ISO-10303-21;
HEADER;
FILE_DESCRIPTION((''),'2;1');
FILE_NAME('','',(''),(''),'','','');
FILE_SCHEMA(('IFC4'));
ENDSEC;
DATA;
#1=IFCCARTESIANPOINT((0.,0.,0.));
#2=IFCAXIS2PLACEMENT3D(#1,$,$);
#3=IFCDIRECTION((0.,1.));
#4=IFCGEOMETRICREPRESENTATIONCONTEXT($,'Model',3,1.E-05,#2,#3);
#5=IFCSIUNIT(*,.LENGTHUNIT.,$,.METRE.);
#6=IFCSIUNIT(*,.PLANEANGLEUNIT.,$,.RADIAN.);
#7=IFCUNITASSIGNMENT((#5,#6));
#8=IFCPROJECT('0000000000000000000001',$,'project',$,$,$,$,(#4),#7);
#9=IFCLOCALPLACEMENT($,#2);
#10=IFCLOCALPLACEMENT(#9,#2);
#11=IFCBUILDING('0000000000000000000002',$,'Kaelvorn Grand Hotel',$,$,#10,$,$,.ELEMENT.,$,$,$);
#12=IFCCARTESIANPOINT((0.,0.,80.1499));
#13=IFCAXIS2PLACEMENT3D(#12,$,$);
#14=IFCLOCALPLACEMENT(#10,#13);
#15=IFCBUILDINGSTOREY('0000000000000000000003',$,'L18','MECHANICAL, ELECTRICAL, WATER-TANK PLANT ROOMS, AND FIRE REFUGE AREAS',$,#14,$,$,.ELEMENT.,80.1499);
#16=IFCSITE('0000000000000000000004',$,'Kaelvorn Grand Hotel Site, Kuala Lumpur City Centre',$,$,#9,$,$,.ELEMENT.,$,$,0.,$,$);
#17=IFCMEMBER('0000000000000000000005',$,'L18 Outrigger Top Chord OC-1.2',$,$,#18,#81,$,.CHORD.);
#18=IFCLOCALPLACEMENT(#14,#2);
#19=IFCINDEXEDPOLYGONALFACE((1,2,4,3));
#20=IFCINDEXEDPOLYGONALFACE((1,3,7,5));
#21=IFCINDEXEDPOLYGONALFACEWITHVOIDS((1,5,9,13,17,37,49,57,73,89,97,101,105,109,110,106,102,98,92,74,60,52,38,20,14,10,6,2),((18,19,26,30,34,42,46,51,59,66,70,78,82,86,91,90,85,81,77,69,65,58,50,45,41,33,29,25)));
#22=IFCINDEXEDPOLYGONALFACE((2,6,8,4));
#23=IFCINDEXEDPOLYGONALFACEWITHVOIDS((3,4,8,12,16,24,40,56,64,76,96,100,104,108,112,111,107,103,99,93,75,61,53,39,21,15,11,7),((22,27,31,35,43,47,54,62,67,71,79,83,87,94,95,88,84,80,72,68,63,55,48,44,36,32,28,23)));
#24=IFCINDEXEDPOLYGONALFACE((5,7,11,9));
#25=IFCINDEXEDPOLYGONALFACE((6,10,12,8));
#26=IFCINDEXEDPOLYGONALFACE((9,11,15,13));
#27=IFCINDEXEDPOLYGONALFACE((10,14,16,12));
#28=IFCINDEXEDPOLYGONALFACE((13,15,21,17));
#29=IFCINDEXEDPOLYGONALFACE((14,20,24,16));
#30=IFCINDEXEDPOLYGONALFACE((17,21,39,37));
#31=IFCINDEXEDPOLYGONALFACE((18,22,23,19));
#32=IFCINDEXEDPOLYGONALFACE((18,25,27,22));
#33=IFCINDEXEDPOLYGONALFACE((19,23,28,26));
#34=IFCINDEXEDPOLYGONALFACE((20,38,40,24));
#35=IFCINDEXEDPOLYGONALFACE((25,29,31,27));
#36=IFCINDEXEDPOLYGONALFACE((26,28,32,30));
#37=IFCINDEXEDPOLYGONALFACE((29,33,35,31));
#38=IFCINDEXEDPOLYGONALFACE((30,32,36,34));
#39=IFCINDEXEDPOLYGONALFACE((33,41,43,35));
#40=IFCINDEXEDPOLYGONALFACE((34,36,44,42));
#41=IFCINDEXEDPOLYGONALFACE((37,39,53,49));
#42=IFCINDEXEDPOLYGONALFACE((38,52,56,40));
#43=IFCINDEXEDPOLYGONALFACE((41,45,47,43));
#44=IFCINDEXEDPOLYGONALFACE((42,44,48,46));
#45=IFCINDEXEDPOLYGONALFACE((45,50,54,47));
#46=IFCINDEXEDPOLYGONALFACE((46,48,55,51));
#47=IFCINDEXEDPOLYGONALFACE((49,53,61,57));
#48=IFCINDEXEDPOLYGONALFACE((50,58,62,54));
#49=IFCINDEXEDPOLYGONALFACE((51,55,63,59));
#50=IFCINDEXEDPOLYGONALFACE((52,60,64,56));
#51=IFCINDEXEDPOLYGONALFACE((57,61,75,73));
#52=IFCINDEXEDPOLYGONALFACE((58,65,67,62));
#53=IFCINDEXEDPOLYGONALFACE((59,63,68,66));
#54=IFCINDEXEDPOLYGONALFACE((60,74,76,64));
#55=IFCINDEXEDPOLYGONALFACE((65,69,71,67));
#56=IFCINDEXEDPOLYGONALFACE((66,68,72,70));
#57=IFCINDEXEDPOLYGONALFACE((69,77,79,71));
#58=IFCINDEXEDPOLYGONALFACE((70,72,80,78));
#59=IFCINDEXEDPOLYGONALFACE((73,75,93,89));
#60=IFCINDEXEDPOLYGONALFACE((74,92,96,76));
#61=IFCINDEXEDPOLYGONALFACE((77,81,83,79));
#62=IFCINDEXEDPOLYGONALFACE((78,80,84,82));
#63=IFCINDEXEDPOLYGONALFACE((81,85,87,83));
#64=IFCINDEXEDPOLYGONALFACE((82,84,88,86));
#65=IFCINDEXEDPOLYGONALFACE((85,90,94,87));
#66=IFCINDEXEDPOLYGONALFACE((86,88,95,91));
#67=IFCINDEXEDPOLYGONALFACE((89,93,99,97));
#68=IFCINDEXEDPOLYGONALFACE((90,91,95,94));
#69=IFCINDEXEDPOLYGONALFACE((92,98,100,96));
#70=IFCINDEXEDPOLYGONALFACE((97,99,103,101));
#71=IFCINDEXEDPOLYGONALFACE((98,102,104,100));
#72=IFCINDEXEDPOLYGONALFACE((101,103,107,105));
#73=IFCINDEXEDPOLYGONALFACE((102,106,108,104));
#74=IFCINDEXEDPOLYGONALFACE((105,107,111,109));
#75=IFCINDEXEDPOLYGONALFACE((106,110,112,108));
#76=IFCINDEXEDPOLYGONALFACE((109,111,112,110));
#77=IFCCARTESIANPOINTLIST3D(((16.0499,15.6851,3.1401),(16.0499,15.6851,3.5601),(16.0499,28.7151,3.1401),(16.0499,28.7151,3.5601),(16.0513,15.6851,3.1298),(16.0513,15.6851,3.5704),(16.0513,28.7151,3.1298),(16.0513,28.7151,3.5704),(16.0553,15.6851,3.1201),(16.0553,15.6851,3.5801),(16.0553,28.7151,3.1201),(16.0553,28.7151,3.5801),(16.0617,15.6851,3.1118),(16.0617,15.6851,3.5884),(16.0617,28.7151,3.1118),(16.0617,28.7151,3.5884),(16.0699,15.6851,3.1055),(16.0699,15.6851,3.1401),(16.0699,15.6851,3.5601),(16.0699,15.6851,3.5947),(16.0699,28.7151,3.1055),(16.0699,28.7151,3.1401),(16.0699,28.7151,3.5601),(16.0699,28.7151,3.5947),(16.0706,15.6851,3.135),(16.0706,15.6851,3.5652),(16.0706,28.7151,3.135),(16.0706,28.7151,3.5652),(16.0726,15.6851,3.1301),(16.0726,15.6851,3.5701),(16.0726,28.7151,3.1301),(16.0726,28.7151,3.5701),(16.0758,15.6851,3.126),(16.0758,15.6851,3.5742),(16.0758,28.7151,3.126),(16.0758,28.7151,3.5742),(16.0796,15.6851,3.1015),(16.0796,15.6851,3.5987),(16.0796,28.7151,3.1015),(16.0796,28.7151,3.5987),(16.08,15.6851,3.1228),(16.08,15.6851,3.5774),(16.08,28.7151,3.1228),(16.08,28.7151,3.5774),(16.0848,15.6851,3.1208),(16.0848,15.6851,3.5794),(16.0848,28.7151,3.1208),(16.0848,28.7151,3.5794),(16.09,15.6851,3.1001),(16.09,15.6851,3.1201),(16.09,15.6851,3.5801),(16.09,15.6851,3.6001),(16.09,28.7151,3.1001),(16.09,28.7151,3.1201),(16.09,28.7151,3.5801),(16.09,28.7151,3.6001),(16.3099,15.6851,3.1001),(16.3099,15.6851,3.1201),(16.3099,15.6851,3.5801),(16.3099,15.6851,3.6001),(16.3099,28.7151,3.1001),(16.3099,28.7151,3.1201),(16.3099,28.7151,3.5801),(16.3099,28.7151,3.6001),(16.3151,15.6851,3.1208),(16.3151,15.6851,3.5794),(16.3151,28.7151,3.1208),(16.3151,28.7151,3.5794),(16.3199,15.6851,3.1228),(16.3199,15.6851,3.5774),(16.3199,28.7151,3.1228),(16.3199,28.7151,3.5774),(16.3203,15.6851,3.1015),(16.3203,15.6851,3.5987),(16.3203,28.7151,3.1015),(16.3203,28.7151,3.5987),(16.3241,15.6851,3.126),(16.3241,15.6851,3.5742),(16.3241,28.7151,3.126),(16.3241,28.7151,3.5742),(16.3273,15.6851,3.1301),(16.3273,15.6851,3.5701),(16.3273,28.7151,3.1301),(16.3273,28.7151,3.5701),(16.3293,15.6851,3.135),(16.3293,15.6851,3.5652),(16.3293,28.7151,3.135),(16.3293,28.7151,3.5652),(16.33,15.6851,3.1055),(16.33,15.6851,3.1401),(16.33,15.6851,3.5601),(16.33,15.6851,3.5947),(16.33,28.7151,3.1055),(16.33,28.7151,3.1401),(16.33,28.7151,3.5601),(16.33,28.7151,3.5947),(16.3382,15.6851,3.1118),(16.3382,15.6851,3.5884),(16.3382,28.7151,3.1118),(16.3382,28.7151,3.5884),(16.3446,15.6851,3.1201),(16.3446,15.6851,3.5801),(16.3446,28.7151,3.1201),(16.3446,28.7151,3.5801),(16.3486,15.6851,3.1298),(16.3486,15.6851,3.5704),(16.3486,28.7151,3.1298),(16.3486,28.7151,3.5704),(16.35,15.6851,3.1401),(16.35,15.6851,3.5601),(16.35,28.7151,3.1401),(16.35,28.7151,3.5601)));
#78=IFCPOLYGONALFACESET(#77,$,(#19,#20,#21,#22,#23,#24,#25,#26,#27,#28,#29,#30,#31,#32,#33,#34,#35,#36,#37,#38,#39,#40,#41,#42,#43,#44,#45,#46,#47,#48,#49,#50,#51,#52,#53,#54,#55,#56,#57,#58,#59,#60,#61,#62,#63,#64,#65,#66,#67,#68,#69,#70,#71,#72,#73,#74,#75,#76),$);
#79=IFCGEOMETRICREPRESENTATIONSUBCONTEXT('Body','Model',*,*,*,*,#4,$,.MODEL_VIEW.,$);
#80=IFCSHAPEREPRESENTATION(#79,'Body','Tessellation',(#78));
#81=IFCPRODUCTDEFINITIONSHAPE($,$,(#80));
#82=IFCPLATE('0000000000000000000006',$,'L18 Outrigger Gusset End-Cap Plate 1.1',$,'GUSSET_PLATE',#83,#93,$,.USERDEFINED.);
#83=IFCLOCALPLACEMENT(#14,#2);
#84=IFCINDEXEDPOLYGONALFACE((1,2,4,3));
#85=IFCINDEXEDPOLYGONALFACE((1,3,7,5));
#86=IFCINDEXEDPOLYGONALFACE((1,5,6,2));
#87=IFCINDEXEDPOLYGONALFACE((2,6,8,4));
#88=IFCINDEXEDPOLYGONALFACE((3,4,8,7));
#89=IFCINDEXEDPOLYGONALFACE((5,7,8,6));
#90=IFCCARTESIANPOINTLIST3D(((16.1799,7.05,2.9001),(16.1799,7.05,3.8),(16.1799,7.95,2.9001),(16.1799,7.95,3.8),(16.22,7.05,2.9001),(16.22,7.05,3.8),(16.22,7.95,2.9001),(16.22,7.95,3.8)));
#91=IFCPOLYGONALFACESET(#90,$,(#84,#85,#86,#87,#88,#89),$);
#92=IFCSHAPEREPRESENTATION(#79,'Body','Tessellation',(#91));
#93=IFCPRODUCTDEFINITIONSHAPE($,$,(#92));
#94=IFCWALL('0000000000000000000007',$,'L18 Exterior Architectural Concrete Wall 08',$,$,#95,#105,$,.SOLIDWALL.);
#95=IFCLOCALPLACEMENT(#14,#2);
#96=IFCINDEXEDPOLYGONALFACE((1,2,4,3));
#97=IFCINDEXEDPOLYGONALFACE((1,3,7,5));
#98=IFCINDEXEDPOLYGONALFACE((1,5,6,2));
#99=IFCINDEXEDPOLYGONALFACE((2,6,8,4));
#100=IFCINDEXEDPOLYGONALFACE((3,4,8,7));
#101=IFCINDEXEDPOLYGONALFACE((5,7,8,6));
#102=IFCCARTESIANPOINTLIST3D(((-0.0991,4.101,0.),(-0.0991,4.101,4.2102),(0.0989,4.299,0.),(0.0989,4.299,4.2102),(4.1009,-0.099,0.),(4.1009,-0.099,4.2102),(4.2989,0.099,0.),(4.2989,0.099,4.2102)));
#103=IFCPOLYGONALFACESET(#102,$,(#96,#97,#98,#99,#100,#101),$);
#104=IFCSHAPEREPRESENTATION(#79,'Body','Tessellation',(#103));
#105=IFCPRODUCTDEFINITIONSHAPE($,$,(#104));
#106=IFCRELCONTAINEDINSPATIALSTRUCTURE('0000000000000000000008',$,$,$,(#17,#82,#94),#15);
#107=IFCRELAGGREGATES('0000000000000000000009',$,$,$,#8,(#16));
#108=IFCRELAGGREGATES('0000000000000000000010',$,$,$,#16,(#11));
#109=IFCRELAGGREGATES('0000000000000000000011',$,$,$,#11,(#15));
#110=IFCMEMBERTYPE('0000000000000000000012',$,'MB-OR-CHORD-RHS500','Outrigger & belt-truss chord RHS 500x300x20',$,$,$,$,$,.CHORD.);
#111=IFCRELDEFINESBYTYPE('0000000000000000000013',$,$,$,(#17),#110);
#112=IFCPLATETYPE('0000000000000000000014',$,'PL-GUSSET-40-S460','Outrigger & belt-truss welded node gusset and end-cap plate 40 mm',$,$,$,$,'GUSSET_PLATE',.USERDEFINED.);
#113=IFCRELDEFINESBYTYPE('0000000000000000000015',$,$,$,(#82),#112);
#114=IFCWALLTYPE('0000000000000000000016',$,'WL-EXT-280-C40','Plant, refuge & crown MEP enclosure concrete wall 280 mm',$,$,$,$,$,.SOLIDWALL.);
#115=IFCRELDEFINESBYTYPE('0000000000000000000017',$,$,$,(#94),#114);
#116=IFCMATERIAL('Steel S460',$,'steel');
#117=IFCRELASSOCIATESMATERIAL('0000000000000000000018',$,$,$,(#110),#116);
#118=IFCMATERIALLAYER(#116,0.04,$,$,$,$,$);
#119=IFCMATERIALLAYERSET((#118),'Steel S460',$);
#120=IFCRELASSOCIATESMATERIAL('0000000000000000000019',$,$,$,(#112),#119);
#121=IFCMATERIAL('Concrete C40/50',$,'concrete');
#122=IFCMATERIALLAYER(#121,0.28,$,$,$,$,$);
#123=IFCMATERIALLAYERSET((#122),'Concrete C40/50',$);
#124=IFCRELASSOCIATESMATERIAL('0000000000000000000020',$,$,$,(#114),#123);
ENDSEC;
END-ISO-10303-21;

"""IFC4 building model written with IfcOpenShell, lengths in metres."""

from ifc_helpers import new_model, si_unit, direction, frame, frame_2d, origin, origin_2d, place, context, subcontext, project, spatial, rectangle, hollow_rectangle, extrude, material, layer, layer_set, material_profile, profile_set, type_object, element, save


model = new_model("IFC4")

# Units and contexts
model_context = context("Model", 3, precision=1e-05, world=origin(), true_north=direction((0.0, 1.0)))
body_context = subcontext(model_context, "Body", "Model", "MODEL_VIEW")
ifc_project = project(units=[si_unit("LENGTHUNIT", "METRE"), si_unit("PLANEANGLEUNIT", "RADIAN")], contexts=[model_context])

# Site, building, storey
site_placement = place(None, origin())
site = spatial("IfcSite", under=ifc_project, at=site_placement, Name="Kaelvorn Grand Hotel Site, Kuala Lumpur City Centre", CompositionType="ELEMENT", RefElevation=0.0)
building_placement = place(site_placement, origin())
building = spatial("IfcBuilding", under=site, at=building_placement, Name="Kaelvorn Grand Hotel", CompositionType="ELEMENT")
storey_placement = place(building_placement, frame((0.0, 0.0, 80.1499)))
storey = spatial("IfcBuildingStorey", under=building, at=storey_placement, Name="L18", Description="MECHANICAL, ELECTRICAL, WATER-TANK PLANT ROOMS, AND FIRE REFUGE AREAS", CompositionType="ELEMENT", Elevation=80.1499)

# Shared definitions
ifc_material_1 = material(Name="Steel S460", Category="steel")

# Member
ifc_material_profile_1 = material_profile(ifc_material_1, hollow_rectangle(XDim=0.3, YDim=0.5, WallThickness=0.02, InnerFilletRadius=0.02, OuterFilletRadius=0.04, at=origin_2d()), Name="RHS 500x300x20.0")
ifc_profile_set_1 = profile_set([ifc_material_profile_1], Name="Steel S460")
member_type_1 = type_object("IfcMemberType", Name="MB-OR-CHORD-RHS500", Description="Outrigger & belt-truss chord RHS 500x300x20", PredefinedType="CHORD", material=ifc_profile_set_1)
for number, where, z_axis, x_axis, name in (
    (1, (16.2, 15.6851, 3.3501), (0.0, 1.0, 0.0), (-1.0, 0.0, 0.0), "L18 Outrigger Top Chord OC-1.2"),
):
    element("IfcMember", number, at=place(storey_placement, frame(where, z_axis=z_axis, x_axis=x_axis)), inside=storey, type_object=member_type_1, Name=name, PredefinedType="CHORD", context=body_context, shape_type="SweptSolid", body=[
        extrude(hollow_rectangle(XDim=0.3, YDim=0.5, WallThickness=0.02, InnerFilletRadius=0.02, OuterFilletRadius=0.04, at=origin_2d()), origin(), (0.0, 0.0, 1.0), 13.03),
    ])

# Plate
ifc_layer_1 = layer(ifc_material_1, 0.04)
ifc_layer_set_1 = layer_set([ifc_layer_1], Name="Steel S460")
plate_type = type_object("IfcPlateType", Name="PL-GUSSET-40-S460", Description="Outrigger & belt-truss welded node gusset and end-cap plate 40 mm", ElementType="GUSSET_PLATE", PredefinedType="USERDEFINED", material=ifc_layer_set_1)
plate_placement = place(storey_placement, frame((16.2, 7.5, 2.9001), z_axis=(0.0, 0.0, 1.0), x_axis=(1.0, 0.0, 0.0)))
element("IfcPlate", 2, at=plate_placement, inside=storey, type_object=plate_type, Name="L18 Outrigger Gusset End-Cap Plate 1.1", ObjectType="GUSSET_PLATE", PredefinedType="USERDEFINED", context=body_context, shape_type="SweptSolid", body=[
    extrude(rectangle(XDim=0.04, YDim=0.8999, at=origin_2d()), origin(), (0.0, 0.0, 1.0), 0.8999),
])

# Wall
ifc_material_2 = material(Name="Concrete C40/50", Category="concrete")
ifc_layer_2 = layer(ifc_material_2, 0.28)
ifc_layer_set_2 = layer_set([ifc_layer_2], Name="Concrete C40/50")
wall_type = type_object("IfcWallType", Name="WL-EXT-280-C40", Description="Plant, refuge & crown MEP enclosure concrete wall 280 mm", PredefinedType="SOLIDWALL", material=ifc_layer_set_2)
wall_placement = place(storey_placement, frame((0.0, 4.2, 0.0), z_axis=(0.0, 0.0, 1.0), x_axis=(0.707107, -0.707107, 0.0)))
element("IfcWall", 3, at=wall_placement, inside=storey, type_object=wall_type, Name="L18 Exterior Architectural Concrete Wall 08", PredefinedType="SOLIDWALL", context=body_context, shape_type="SweptSolid", body=[
    extrude(rectangle(XDim=5.9397, YDim=0.28, at=frame_2d((2.9697, 0.0))), origin(), (0.0, 0.0, 1.0), 4.2102),
])

save(model, "model.ifc")
